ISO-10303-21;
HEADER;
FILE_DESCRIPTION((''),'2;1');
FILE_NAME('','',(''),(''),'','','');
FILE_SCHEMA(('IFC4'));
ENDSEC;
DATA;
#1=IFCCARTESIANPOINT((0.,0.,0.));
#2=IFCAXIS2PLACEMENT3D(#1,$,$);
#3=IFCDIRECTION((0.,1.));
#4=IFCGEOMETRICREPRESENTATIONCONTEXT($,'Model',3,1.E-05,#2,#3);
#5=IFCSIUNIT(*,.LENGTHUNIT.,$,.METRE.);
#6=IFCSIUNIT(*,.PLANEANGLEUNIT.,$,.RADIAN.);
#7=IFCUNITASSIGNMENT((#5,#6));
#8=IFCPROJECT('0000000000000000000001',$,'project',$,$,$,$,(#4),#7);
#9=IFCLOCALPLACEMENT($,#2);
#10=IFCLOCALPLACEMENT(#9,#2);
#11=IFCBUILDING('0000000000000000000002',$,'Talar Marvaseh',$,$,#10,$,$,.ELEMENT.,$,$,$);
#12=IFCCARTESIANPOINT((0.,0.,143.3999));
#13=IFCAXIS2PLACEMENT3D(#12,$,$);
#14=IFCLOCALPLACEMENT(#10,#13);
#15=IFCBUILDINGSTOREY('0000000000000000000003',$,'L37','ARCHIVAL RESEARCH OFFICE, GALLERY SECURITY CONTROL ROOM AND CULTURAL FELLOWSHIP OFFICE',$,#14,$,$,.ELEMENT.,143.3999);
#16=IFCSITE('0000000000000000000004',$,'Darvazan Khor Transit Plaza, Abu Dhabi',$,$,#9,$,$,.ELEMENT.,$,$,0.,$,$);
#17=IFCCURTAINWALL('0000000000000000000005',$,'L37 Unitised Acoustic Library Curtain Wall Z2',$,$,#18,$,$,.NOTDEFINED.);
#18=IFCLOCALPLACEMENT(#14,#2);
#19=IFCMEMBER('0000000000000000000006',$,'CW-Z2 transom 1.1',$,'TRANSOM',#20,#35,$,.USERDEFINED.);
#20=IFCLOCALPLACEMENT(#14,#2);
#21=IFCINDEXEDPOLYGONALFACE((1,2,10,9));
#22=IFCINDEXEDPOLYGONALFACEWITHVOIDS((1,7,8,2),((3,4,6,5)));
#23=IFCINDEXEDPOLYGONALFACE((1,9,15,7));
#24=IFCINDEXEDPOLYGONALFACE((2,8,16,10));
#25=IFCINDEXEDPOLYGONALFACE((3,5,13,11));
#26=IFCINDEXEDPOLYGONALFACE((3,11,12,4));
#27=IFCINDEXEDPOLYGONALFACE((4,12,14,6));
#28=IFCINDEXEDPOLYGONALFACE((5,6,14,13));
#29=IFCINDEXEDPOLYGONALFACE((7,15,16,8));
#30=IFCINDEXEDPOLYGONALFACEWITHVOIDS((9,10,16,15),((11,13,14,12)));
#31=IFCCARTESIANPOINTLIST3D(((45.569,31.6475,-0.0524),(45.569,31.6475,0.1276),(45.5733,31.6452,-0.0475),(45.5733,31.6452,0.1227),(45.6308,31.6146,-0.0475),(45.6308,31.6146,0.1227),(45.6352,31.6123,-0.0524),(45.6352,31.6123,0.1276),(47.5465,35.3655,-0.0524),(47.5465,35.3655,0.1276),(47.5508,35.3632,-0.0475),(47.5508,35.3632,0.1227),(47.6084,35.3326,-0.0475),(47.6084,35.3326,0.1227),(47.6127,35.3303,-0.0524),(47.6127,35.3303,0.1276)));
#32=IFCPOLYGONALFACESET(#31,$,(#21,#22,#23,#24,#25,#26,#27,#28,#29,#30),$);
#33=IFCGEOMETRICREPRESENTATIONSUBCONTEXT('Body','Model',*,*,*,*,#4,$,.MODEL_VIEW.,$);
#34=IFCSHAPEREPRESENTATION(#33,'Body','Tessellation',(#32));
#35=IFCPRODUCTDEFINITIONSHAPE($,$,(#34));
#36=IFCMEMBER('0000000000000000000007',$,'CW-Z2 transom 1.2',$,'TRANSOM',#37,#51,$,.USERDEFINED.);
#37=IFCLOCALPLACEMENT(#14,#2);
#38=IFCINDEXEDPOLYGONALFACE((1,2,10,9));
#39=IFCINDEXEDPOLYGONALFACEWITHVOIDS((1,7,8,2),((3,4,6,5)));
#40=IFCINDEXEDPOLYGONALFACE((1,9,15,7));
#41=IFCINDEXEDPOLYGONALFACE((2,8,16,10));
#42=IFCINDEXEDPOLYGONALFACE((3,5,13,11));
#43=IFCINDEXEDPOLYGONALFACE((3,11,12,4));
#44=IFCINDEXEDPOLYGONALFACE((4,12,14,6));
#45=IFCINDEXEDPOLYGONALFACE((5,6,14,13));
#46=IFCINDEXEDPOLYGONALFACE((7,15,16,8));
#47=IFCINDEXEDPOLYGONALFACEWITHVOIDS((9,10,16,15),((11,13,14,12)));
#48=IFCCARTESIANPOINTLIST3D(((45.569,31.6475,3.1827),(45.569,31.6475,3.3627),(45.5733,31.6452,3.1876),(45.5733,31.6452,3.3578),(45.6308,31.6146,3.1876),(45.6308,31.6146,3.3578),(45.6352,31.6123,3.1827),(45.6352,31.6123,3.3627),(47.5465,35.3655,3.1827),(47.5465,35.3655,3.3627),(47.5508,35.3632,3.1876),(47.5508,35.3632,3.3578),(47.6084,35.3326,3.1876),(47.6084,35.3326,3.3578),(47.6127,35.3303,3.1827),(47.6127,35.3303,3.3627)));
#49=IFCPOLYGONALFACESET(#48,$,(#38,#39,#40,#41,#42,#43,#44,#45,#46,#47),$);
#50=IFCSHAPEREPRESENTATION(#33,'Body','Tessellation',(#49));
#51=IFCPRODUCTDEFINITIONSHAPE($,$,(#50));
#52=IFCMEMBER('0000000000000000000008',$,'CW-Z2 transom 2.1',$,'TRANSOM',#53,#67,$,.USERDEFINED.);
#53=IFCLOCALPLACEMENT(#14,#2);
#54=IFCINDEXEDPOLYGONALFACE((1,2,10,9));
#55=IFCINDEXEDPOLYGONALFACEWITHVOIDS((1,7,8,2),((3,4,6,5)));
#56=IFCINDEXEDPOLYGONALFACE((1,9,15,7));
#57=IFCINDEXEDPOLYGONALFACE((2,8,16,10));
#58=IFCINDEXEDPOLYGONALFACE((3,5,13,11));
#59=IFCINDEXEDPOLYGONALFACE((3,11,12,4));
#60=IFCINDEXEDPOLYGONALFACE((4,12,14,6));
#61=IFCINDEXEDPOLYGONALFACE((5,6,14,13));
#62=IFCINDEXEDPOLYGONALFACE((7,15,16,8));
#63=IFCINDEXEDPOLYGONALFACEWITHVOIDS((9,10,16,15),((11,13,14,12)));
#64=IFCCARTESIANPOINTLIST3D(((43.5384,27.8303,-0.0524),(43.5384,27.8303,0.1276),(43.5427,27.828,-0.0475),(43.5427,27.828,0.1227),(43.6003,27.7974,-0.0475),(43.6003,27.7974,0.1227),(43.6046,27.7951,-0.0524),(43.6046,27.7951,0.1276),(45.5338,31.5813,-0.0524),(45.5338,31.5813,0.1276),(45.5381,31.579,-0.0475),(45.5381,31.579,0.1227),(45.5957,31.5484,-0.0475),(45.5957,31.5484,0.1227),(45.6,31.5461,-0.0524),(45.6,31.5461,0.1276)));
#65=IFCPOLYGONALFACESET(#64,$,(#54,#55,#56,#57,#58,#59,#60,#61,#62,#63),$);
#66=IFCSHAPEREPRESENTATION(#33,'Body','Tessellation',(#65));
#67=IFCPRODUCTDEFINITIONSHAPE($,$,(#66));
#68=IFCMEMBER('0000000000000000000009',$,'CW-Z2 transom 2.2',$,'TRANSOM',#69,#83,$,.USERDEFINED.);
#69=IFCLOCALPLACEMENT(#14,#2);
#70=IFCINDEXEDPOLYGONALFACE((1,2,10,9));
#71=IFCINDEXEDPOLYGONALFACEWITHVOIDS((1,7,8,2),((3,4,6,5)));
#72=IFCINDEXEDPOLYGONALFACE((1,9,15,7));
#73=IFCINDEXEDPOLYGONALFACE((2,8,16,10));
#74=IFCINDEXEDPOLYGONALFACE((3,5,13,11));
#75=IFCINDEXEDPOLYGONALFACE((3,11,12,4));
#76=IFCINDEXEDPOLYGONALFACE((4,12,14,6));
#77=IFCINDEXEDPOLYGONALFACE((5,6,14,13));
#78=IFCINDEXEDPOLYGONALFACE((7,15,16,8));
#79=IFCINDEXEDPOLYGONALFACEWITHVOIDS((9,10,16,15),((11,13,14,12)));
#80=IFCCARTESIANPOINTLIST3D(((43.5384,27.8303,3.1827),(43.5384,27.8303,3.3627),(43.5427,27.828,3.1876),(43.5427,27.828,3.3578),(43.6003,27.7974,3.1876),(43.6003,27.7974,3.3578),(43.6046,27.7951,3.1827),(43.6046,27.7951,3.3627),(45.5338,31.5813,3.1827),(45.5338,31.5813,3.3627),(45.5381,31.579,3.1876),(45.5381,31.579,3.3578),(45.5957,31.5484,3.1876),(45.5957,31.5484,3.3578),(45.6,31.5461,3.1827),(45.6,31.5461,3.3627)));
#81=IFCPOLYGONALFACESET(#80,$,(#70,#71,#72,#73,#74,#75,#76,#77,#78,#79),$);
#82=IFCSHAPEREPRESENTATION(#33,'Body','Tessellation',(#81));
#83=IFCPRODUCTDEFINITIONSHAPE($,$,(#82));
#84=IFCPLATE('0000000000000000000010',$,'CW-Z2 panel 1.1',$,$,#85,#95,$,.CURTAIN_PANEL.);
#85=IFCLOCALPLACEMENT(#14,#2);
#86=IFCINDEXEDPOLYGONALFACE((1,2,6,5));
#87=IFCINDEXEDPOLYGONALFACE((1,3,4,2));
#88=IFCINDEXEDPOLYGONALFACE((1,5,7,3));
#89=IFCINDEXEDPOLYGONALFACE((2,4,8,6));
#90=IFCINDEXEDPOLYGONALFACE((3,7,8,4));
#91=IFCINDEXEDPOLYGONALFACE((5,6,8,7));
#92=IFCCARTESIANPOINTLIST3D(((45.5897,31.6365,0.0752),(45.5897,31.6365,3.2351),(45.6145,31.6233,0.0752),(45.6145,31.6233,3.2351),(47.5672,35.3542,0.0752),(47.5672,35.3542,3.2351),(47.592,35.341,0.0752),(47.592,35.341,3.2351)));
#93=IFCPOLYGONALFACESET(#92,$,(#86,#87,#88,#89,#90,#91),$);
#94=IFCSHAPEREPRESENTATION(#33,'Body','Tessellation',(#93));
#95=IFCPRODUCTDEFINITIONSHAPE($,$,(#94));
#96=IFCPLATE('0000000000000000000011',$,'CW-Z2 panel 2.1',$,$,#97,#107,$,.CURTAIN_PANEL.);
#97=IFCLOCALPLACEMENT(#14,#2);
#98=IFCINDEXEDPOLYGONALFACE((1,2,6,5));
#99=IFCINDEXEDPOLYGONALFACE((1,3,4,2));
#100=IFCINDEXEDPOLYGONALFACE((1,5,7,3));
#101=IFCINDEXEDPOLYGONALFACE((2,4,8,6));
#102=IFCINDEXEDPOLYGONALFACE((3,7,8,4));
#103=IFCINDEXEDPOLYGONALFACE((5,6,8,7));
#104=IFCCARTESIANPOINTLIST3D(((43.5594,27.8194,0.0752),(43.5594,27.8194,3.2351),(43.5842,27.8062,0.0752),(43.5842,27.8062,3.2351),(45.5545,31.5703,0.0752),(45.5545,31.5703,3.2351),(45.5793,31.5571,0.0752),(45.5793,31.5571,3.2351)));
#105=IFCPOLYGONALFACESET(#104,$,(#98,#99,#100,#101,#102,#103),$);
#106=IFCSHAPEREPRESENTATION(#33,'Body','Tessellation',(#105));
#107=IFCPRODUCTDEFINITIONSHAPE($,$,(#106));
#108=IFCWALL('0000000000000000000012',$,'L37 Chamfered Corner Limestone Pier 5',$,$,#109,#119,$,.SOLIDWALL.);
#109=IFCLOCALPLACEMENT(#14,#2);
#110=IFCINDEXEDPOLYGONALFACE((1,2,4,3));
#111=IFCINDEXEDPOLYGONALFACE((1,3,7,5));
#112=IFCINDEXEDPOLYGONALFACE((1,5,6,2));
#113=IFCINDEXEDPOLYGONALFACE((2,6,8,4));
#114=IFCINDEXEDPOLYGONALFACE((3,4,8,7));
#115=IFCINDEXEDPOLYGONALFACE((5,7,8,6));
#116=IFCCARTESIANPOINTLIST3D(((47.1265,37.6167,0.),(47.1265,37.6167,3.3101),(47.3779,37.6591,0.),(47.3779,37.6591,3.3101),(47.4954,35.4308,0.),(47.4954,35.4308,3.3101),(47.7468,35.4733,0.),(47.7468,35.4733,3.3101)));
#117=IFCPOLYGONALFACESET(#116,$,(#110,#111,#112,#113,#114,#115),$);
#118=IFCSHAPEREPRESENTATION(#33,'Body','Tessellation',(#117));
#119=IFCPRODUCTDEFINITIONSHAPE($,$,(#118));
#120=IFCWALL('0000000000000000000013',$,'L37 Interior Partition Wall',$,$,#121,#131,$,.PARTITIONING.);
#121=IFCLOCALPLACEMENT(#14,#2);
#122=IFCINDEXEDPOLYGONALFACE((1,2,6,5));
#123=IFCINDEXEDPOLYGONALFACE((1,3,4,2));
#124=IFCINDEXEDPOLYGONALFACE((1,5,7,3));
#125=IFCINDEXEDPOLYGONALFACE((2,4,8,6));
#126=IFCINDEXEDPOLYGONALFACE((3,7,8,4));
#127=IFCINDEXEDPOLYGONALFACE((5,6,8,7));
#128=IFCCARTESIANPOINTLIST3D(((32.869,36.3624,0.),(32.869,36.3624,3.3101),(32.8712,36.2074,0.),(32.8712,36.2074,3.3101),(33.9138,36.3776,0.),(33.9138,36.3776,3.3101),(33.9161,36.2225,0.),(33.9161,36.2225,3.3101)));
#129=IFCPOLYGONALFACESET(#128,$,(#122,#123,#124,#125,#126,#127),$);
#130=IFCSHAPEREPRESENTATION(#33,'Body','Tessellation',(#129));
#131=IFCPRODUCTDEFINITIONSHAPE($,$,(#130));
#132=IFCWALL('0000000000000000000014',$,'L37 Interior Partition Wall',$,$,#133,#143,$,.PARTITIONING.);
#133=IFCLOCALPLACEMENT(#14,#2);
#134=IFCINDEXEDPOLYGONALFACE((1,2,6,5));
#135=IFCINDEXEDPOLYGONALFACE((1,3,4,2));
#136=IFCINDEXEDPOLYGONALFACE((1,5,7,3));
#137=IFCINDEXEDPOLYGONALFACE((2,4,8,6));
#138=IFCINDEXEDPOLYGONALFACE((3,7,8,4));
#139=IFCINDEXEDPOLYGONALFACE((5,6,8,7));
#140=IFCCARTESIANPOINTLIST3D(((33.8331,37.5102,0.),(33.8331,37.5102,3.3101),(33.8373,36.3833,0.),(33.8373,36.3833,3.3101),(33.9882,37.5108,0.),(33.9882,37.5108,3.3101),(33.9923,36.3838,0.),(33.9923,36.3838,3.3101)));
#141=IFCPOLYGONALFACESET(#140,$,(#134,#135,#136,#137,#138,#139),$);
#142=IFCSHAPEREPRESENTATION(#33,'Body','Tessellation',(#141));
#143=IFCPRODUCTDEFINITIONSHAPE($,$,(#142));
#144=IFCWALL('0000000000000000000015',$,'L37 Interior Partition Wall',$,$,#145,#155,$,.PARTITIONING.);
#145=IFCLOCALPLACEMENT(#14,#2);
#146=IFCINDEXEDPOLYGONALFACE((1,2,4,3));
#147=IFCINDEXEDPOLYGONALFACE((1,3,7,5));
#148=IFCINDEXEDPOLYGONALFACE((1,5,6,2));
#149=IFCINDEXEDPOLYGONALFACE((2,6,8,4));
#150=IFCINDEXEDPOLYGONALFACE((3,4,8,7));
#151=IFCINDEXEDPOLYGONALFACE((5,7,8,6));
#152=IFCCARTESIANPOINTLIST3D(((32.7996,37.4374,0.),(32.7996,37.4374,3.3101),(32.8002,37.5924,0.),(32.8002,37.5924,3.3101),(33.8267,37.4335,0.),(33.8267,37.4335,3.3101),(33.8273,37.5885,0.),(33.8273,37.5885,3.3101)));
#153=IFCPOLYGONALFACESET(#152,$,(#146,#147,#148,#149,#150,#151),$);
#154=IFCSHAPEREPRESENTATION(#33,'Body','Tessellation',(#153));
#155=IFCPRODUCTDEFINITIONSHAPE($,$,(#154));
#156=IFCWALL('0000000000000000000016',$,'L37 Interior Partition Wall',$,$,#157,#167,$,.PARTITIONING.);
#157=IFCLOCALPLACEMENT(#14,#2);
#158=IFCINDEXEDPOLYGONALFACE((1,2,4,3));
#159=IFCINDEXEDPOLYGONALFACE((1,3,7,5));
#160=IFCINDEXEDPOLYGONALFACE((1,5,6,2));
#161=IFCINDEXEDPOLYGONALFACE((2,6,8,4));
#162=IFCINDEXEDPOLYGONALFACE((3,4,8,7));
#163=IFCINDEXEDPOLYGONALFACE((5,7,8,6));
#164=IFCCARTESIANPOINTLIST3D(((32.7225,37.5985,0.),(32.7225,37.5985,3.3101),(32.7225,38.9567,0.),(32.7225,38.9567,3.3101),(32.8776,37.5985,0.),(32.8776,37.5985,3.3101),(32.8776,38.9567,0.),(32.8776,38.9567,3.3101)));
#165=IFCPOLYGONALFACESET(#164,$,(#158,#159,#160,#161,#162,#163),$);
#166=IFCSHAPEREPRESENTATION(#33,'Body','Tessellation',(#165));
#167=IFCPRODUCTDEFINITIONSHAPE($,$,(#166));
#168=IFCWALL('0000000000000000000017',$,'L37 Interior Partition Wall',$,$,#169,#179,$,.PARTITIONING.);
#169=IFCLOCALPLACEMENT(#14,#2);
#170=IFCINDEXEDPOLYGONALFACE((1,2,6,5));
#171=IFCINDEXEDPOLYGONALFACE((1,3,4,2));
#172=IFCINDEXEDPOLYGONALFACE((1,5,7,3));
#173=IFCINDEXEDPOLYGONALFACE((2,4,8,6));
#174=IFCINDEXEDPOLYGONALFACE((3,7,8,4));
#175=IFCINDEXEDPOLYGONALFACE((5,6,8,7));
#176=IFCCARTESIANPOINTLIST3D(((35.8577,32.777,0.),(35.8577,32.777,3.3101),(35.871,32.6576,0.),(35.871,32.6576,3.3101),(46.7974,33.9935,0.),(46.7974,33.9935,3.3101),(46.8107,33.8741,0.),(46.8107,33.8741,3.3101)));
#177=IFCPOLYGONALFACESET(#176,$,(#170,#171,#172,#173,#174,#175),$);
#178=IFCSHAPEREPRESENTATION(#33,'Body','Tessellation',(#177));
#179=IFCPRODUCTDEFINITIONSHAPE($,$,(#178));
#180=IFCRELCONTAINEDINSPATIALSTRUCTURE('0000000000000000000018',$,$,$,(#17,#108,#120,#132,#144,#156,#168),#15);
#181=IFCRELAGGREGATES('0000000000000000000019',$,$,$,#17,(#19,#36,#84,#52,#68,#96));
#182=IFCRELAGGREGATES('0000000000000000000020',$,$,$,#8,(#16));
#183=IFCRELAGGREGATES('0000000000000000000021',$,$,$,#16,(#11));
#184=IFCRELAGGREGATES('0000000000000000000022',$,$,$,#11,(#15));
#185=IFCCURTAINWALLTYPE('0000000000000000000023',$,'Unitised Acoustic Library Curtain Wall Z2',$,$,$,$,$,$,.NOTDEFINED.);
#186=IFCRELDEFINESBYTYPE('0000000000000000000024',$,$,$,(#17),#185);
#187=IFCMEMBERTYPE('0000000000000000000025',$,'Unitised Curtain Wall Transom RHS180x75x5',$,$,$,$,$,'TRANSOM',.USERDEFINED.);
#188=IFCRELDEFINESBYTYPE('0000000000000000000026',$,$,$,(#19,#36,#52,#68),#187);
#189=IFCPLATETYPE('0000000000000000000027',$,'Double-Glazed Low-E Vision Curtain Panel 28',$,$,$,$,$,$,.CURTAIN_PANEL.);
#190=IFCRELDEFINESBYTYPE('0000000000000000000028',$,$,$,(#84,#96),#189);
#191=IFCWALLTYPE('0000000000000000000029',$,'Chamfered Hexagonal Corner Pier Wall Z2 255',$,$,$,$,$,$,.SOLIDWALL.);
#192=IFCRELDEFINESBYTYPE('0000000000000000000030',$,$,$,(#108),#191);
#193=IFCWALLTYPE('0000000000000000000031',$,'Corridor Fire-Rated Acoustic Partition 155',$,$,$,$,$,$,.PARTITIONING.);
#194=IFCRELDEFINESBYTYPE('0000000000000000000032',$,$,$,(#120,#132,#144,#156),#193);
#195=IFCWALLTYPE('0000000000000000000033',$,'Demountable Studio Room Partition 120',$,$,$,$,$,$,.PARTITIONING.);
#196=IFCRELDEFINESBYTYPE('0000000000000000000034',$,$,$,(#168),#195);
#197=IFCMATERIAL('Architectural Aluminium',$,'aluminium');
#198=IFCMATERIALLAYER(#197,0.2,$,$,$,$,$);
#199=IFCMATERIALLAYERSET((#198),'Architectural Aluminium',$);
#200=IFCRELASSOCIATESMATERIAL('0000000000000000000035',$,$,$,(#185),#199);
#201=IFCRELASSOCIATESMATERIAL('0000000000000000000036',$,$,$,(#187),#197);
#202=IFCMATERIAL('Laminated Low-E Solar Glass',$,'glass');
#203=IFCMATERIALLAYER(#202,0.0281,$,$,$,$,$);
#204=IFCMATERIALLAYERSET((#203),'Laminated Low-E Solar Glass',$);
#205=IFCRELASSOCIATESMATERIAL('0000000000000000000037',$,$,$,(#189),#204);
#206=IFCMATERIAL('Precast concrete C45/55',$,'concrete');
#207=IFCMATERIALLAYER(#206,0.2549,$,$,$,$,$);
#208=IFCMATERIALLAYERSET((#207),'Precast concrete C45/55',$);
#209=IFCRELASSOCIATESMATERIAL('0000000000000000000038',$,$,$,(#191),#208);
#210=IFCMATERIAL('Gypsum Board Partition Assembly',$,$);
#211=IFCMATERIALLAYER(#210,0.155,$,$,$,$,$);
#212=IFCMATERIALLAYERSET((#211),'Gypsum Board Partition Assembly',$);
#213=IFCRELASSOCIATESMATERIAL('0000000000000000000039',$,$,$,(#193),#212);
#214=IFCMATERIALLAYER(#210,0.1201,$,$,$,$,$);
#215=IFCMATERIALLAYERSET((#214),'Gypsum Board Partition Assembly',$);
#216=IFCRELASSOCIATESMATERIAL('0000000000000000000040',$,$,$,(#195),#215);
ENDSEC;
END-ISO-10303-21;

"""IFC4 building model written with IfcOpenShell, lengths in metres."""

from ifc_helpers import new_model, si_unit, direction, frame, frame_2d, origin, origin_2d, place, context, subcontext, project, spatial, rectangle, hollow_rectangle, extrude, source, transform, mapped, material, layer, layer_set, material_profile, profile_set, type_object, type_shapes, element, aggregate, save


model = new_model("IFC4")

# Units and contexts
model_context = context("Model", 3, precision=1e-05, world=origin(), true_north=direction((0.0, 1.0)))
body_context = subcontext(model_context, "Body", "Model", "MODEL_VIEW")
ifc_project = project(units=[si_unit("LENGTHUNIT", "METRE"), si_unit("PLANEANGLEUNIT", "RADIAN")], contexts=[model_context])

# Site, building, storey
site_placement = place(None, origin())
site = spatial("IfcSite", under=ifc_project, at=site_placement, Name="Darvazan Khor Transit Plaza, Abu Dhabi", CompositionType="ELEMENT", RefElevation=0.0)
building_placement = place(site_placement, origin())
building = spatial("IfcBuilding", under=site, at=building_placement, Name="Talar Marvaseh", CompositionType="ELEMENT")
storey_placement = place(building_placement, frame((0.0, 0.0, 143.3999)))
storey = spatial("IfcBuildingStorey", under=building, at=storey_placement, Name="L37", Description="ARCHIVAL RESEARCH OFFICE, GALLERY SECURITY CONTROL ROOM AND CULTURAL FELLOWSHIP OFFICE", CompositionType="ELEMENT", Elevation=143.3999)

# Shared definitions
ifc_material_1 = material(Name="Architectural Aluminium", Category="aluminium")
ifc_layer_1 = layer(ifc_material_1, 0.2)
ifc_layer_set_1 = layer_set([ifc_layer_1], Name="Architectural Aluminium")
curtain_wall_type = type_object("IfcCurtainWallType", Name="Unitised Acoustic Library Curtain Wall Z2", PredefinedType="NOTDEFINED", material=ifc_layer_set_1)

# Curtain wall, members, plates
curtain_wall_1_placement = place(storey_placement, origin())
curtain_wall_1 = element("IfcCurtainWall", 1, at=curtain_wall_1_placement, inside=storey, type_object=curtain_wall_type, Name="L37 Unitised Acoustic Library Curtain Wall Z2", PredefinedType="NOTDEFINED")
ifc_material_profile_1 = material_profile(ifc_material_1, hollow_rectangle(XDim=0.075, YDim=0.1799, WallThickness=0.0049, at=origin_2d()), Name="RHS180x75x5")
ifc_profile_set_1 = profile_set([ifc_material_profile_1], Name="Architectural Aluminium")
member_type_1 = type_object("IfcMemberType", Name="Unitised Curtain Wall Transom RHS180x75x5", ElementType="TRANSOM", PredefinedType="USERDEFINED", material=ifc_profile_set_1)
shared_shape_1 = source(origin(), body_context, "Body", "SweptSolid", [
    extrude(hollow_rectangle(XDim=0.075, YDim=0.1799, WallThickness=0.0049, at=origin_2d()), origin(), (0.0, 0.0, 1.0), 4.2112),
])
member_1_placement = place(storey_placement, frame((47.5796, 35.3479, 0.0376), z_axis=(-0.469589, -0.882885, 0.0), x_axis=(0.882885, -0.469589, 0.0)))
member_1 = element("IfcMember", 2, at=member_1_placement, type_object=member_type_1, Name="CW-Z2 transom 1.1", ObjectType="TRANSOM", PredefinedType="USERDEFINED", context=body_context, shape_type="MappedRepresentation", body=[
    mapped(shared_shape_1, transform((0.0, 0.0, 0.0), x_axis=(1.0, 0.0, 0.0), y_axis=(0.0, 1.0, 0.0), z_axis=(0.0, 0.0, 1.0), scale=1.0)),
])
member_2_placement = place(storey_placement, frame((47.5796, 35.3479, 3.2727), z_axis=(-0.469589, -0.882885, 0.0), x_axis=(0.882885, -0.469589, 0.0)))
member_2 = element("IfcMember", 3, at=member_2_placement, type_object=member_type_1, Name="CW-Z2 transom 1.2", ObjectType="TRANSOM", PredefinedType="USERDEFINED", context=body_context, shape_type="MappedRepresentation", body=[
    mapped(shared_shape_1, transform((0.0, 0.0, 0.0), x_axis=(1.0, 0.0, 0.0), y_axis=(0.0, 1.0, 0.0), z_axis=(0.0, 0.0, 1.0), scale=1.0)),
])
shared_shape_2 = source(origin(), body_context, "Body", "SweptSolid", [
    extrude(hollow_rectangle(XDim=0.075, YDim=0.1799, WallThickness=0.0049, at=origin_2d()), origin(), (0.0, 0.0, 1.0), 4.2488),
])
type_shapes(member_type_1, [shared_shape_1, shared_shape_2])
member_3_placement = place(storey_placement, frame((45.5669, 31.5637, 0.0376), z_axis=(-0.469643, -0.882857, 0.0), x_axis=(0.882857, -0.469643, 0.0)))
member_3 = element("IfcMember", 4, at=member_3_placement, type_object=member_type_1, Name="CW-Z2 transom 2.1", ObjectType="TRANSOM", PredefinedType="USERDEFINED", context=body_context, shape_type="MappedRepresentation", body=[
    mapped(shared_shape_2, transform((0.0, 0.0, 0.0), x_axis=(1.0, 0.0, 0.0), y_axis=(0.0, 1.0, 0.0), z_axis=(0.0, 0.0, 1.0), scale=1.0)),
])
member_4_placement = place(storey_placement, frame((45.5669, 31.5637, 3.2727), z_axis=(-0.469643, -0.882857, 0.0), x_axis=(0.882857, -0.469643, 0.0)))
member_4 = element("IfcMember", 5, at=member_4_placement, type_object=member_type_1, Name="CW-Z2 transom 2.2", ObjectType="TRANSOM", PredefinedType="USERDEFINED", context=body_context, shape_type="MappedRepresentation", body=[
    mapped(shared_shape_2, transform((0.0, 0.0, 0.0), x_axis=(1.0, 0.0, 0.0), y_axis=(0.0, 1.0, 0.0), z_axis=(0.0, 0.0, 1.0), scale=1.0)),
])
ifc_material_2 = material(Name="Laminated Low-E Solar Glass", Category="glass")
ifc_layer_2 = layer(ifc_material_2, 0.0281)
ifc_layer_set_2 = layer_set([ifc_layer_2], Name="Laminated Low-E Solar Glass")
plate_type = type_object("IfcPlateType", Name="Double-Glazed Low-E Vision Curtain Panel 28", PredefinedType="CURTAIN_PANEL", material=ifc_layer_set_2)
shared_shape_3 = source(origin(), body_context, "Body", "SweptSolid", [
    extrude(rectangle(XDim=4.2109, YDim=0.0281, at=origin_2d()), origin(), (0.0, 0.0, 1.0), 3.1599),
])
plate_1_placement = place(storey_placement, frame((46.5908, 33.4888, 0.0752), z_axis=(0.0, 0.0, 1.0), x_axis=(-0.469611, -0.882874, 0.0)))
plate_1 = element("IfcPlate", 6, at=plate_1_placement, type_object=plate_type, Name="CW-Z2 panel 1.1", PredefinedType="CURTAIN_PANEL", context=body_context, shape_type="MappedRepresentation", body=[
    mapped(shared_shape_3, transform((0.0, 0.0, 0.0), x_axis=(1.0, 0.0, 0.0), y_axis=(0.0, 1.0, 0.0), z_axis=(0.0, 0.0, 1.0), scale=1.0)),
])
shared_shape_4 = source(origin(), body_context, "Body", "SweptSolid", [
    extrude(rectangle(XDim=4.2485, YDim=0.0281, at=origin_2d()), origin(), (0.0, 0.0, 1.0), 3.1599),
])
type_shapes(plate_type, [shared_shape_3, shared_shape_4])
plate_2_placement = place(storey_placement, frame((44.5693, 29.6882, 0.0752), z_axis=(0.0, 0.0, 1.0), x_axis=(-0.469611, -0.882874, 0.0)))
plate_2 = element("IfcPlate", 7, at=plate_2_placement, type_object=plate_type, Name="CW-Z2 panel 2.1", PredefinedType="CURTAIN_PANEL", context=body_context, shape_type="MappedRepresentation", body=[
    mapped(shared_shape_4, transform((0.0, 0.0, 0.0), x_axis=(1.0, 0.0, 0.0), y_axis=(0.0, 1.0, 0.0), z_axis=(0.0, 0.0, 1.0), scale=1.0)),
])
aggregate(curtain_wall_1, [member_1, member_2, plate_1, member_3, member_4, plate_2])

# Walls
ifc_material_3 = material(Name="Precast concrete C45/55", Category="concrete")
ifc_layer_3 = layer(ifc_material_3, 0.2549)
ifc_layer_set_3 = layer_set([ifc_layer_3], Name="Precast concrete C45/55")
wall_type_1 = type_object("IfcWallType", Name="Chamfered Hexagonal Corner Pier Wall Z2 255", PredefinedType="SOLIDWALL", material=ifc_layer_set_3)
wall_1_placement = place(storey_placement, frame((47.2522, 37.6379, 0.0), z_axis=(0.0, 0.0, 1.0), x_axis=(0.166417, -0.986055, 0.0)))
element("IfcWall", 8, at=wall_1_placement, inside=storey, type_object=wall_type_1, Name="L37 Chamfered Corner Limestone Pier 5", PredefinedType="SOLIDWALL", context=body_context, shape_type="SweptSolid", body=[
    extrude(rectangle(XDim=2.2168, YDim=0.2549, at=frame_2d((1.1084, 0.0))), origin(), (0.0, 0.0, 1.0), 3.3101),
])
ifc_material_4 = material(Name="Gypsum Board Partition Assembly")
ifc_layer_4 = layer(ifc_material_4, 0.155)
ifc_layer_set_4 = layer_set([ifc_layer_4], Name="Gypsum Board Partition Assembly")
wall_type_2 = type_object("IfcWallType", Name="Corridor Fire-Rated Acoustic Partition 155", PredefinedType="PARTITIONING", material=ifc_layer_set_4)
wall_2_placement = place(storey_placement, frame((32.8701, 36.2849, 0.0), z_axis=(0.0, 0.0, 1.0), x_axis=(0.999895, 0.014484, 0.0)))
element("IfcWall", 9, at=wall_2_placement, inside=storey, type_object=wall_type_2, Name="L37 Interior Partition Wall", PredefinedType="PARTITIONING", context=body_context, shape_type="SweptSolid", body=[
    extrude(rectangle(XDim=1.0449, YDim=0.155, at=frame_2d((0.5225, 0.0))), origin(), (0.0, 0.0, 1.0), 3.3101),
])
wall_3_placement = place(storey_placement, frame((33.9148, 36.3835, 0.0), z_axis=(0.0, 0.0, 1.0), x_axis=(-0.003683, 0.999993, 0.0)))
element("IfcWall", 10, at=wall_3_placement, inside=storey, type_object=wall_type_2, Name="L37 Interior Partition Wall", PredefinedType="PARTITIONING", context=body_context, shape_type="SweptSolid", body=[
    extrude(rectangle(XDim=1.127, YDim=0.155, at=frame_2d((0.5635, 0.0))), origin(), (0.0, 0.0, 1.0), 3.3101),
])
wall_4_placement = place(storey_placement, frame((33.8271, 37.511, 0.0), z_axis=(0.0, 0.0, 1.0), x_axis=(-0.999993, 0.003803, 0.0)))
element("IfcWall", 11, at=wall_4_placement, inside=storey, type_object=wall_type_2, Name="L37 Interior Partition Wall", PredefinedType="PARTITIONING", context=body_context, shape_type="SweptSolid", body=[
    extrude(rectangle(XDim=1.0271, YDim=0.155, at=frame_2d((0.5137, 0.0))), origin(), (0.0, 0.0, 1.0), 3.3101),
])
wall_5_placement = place(storey_placement, frame((32.8, 37.5984, 0.0), z_axis=(0.0, 0.0, 1.0), x_axis=(0.0, 1.0, 0.0)))
element("IfcWall", 12, at=wall_5_placement, inside=storey, type_object=wall_type_2, Name="L37 Interior Partition Wall", PredefinedType="PARTITIONING", context=body_context, shape_type="SweptSolid", body=[
    extrude(rectangle(XDim=1.3582, YDim=0.155, at=frame_2d((0.6792, 0.0))), origin(), (0.0, 0.0, 1.0), 3.3101),
])
ifc_layer_5 = layer(ifc_material_4, 0.1201)
ifc_layer_set_5 = layer_set([ifc_layer_5], Name="Gypsum Board Partition Assembly")
wall_type_3 = type_object("IfcWallType", Name="Demountable Studio Room Partition 120", PredefinedType="PARTITIONING", material=ifc_layer_set_5)
wall_6_placement = place(storey_placement, frame((35.8645, 32.7173, 0.0), z_axis=(0.0, 0.0, 1.0), x_axis=(0.993873, 0.110524, 0.0)))
element("IfcWall", 13, at=wall_6_placement, inside=storey, type_object=wall_type_3, Name="L37 Interior Partition Wall", PredefinedType="PARTITIONING", context=body_context, shape_type="SweptSolid", body=[
    extrude(rectangle(XDim=11.0071, YDim=0.1201, at=frame_2d((5.5034, 0.0))), origin(), (0.0, 0.0, 1.0), 3.3101),
])

save(model, "model.ifc")
